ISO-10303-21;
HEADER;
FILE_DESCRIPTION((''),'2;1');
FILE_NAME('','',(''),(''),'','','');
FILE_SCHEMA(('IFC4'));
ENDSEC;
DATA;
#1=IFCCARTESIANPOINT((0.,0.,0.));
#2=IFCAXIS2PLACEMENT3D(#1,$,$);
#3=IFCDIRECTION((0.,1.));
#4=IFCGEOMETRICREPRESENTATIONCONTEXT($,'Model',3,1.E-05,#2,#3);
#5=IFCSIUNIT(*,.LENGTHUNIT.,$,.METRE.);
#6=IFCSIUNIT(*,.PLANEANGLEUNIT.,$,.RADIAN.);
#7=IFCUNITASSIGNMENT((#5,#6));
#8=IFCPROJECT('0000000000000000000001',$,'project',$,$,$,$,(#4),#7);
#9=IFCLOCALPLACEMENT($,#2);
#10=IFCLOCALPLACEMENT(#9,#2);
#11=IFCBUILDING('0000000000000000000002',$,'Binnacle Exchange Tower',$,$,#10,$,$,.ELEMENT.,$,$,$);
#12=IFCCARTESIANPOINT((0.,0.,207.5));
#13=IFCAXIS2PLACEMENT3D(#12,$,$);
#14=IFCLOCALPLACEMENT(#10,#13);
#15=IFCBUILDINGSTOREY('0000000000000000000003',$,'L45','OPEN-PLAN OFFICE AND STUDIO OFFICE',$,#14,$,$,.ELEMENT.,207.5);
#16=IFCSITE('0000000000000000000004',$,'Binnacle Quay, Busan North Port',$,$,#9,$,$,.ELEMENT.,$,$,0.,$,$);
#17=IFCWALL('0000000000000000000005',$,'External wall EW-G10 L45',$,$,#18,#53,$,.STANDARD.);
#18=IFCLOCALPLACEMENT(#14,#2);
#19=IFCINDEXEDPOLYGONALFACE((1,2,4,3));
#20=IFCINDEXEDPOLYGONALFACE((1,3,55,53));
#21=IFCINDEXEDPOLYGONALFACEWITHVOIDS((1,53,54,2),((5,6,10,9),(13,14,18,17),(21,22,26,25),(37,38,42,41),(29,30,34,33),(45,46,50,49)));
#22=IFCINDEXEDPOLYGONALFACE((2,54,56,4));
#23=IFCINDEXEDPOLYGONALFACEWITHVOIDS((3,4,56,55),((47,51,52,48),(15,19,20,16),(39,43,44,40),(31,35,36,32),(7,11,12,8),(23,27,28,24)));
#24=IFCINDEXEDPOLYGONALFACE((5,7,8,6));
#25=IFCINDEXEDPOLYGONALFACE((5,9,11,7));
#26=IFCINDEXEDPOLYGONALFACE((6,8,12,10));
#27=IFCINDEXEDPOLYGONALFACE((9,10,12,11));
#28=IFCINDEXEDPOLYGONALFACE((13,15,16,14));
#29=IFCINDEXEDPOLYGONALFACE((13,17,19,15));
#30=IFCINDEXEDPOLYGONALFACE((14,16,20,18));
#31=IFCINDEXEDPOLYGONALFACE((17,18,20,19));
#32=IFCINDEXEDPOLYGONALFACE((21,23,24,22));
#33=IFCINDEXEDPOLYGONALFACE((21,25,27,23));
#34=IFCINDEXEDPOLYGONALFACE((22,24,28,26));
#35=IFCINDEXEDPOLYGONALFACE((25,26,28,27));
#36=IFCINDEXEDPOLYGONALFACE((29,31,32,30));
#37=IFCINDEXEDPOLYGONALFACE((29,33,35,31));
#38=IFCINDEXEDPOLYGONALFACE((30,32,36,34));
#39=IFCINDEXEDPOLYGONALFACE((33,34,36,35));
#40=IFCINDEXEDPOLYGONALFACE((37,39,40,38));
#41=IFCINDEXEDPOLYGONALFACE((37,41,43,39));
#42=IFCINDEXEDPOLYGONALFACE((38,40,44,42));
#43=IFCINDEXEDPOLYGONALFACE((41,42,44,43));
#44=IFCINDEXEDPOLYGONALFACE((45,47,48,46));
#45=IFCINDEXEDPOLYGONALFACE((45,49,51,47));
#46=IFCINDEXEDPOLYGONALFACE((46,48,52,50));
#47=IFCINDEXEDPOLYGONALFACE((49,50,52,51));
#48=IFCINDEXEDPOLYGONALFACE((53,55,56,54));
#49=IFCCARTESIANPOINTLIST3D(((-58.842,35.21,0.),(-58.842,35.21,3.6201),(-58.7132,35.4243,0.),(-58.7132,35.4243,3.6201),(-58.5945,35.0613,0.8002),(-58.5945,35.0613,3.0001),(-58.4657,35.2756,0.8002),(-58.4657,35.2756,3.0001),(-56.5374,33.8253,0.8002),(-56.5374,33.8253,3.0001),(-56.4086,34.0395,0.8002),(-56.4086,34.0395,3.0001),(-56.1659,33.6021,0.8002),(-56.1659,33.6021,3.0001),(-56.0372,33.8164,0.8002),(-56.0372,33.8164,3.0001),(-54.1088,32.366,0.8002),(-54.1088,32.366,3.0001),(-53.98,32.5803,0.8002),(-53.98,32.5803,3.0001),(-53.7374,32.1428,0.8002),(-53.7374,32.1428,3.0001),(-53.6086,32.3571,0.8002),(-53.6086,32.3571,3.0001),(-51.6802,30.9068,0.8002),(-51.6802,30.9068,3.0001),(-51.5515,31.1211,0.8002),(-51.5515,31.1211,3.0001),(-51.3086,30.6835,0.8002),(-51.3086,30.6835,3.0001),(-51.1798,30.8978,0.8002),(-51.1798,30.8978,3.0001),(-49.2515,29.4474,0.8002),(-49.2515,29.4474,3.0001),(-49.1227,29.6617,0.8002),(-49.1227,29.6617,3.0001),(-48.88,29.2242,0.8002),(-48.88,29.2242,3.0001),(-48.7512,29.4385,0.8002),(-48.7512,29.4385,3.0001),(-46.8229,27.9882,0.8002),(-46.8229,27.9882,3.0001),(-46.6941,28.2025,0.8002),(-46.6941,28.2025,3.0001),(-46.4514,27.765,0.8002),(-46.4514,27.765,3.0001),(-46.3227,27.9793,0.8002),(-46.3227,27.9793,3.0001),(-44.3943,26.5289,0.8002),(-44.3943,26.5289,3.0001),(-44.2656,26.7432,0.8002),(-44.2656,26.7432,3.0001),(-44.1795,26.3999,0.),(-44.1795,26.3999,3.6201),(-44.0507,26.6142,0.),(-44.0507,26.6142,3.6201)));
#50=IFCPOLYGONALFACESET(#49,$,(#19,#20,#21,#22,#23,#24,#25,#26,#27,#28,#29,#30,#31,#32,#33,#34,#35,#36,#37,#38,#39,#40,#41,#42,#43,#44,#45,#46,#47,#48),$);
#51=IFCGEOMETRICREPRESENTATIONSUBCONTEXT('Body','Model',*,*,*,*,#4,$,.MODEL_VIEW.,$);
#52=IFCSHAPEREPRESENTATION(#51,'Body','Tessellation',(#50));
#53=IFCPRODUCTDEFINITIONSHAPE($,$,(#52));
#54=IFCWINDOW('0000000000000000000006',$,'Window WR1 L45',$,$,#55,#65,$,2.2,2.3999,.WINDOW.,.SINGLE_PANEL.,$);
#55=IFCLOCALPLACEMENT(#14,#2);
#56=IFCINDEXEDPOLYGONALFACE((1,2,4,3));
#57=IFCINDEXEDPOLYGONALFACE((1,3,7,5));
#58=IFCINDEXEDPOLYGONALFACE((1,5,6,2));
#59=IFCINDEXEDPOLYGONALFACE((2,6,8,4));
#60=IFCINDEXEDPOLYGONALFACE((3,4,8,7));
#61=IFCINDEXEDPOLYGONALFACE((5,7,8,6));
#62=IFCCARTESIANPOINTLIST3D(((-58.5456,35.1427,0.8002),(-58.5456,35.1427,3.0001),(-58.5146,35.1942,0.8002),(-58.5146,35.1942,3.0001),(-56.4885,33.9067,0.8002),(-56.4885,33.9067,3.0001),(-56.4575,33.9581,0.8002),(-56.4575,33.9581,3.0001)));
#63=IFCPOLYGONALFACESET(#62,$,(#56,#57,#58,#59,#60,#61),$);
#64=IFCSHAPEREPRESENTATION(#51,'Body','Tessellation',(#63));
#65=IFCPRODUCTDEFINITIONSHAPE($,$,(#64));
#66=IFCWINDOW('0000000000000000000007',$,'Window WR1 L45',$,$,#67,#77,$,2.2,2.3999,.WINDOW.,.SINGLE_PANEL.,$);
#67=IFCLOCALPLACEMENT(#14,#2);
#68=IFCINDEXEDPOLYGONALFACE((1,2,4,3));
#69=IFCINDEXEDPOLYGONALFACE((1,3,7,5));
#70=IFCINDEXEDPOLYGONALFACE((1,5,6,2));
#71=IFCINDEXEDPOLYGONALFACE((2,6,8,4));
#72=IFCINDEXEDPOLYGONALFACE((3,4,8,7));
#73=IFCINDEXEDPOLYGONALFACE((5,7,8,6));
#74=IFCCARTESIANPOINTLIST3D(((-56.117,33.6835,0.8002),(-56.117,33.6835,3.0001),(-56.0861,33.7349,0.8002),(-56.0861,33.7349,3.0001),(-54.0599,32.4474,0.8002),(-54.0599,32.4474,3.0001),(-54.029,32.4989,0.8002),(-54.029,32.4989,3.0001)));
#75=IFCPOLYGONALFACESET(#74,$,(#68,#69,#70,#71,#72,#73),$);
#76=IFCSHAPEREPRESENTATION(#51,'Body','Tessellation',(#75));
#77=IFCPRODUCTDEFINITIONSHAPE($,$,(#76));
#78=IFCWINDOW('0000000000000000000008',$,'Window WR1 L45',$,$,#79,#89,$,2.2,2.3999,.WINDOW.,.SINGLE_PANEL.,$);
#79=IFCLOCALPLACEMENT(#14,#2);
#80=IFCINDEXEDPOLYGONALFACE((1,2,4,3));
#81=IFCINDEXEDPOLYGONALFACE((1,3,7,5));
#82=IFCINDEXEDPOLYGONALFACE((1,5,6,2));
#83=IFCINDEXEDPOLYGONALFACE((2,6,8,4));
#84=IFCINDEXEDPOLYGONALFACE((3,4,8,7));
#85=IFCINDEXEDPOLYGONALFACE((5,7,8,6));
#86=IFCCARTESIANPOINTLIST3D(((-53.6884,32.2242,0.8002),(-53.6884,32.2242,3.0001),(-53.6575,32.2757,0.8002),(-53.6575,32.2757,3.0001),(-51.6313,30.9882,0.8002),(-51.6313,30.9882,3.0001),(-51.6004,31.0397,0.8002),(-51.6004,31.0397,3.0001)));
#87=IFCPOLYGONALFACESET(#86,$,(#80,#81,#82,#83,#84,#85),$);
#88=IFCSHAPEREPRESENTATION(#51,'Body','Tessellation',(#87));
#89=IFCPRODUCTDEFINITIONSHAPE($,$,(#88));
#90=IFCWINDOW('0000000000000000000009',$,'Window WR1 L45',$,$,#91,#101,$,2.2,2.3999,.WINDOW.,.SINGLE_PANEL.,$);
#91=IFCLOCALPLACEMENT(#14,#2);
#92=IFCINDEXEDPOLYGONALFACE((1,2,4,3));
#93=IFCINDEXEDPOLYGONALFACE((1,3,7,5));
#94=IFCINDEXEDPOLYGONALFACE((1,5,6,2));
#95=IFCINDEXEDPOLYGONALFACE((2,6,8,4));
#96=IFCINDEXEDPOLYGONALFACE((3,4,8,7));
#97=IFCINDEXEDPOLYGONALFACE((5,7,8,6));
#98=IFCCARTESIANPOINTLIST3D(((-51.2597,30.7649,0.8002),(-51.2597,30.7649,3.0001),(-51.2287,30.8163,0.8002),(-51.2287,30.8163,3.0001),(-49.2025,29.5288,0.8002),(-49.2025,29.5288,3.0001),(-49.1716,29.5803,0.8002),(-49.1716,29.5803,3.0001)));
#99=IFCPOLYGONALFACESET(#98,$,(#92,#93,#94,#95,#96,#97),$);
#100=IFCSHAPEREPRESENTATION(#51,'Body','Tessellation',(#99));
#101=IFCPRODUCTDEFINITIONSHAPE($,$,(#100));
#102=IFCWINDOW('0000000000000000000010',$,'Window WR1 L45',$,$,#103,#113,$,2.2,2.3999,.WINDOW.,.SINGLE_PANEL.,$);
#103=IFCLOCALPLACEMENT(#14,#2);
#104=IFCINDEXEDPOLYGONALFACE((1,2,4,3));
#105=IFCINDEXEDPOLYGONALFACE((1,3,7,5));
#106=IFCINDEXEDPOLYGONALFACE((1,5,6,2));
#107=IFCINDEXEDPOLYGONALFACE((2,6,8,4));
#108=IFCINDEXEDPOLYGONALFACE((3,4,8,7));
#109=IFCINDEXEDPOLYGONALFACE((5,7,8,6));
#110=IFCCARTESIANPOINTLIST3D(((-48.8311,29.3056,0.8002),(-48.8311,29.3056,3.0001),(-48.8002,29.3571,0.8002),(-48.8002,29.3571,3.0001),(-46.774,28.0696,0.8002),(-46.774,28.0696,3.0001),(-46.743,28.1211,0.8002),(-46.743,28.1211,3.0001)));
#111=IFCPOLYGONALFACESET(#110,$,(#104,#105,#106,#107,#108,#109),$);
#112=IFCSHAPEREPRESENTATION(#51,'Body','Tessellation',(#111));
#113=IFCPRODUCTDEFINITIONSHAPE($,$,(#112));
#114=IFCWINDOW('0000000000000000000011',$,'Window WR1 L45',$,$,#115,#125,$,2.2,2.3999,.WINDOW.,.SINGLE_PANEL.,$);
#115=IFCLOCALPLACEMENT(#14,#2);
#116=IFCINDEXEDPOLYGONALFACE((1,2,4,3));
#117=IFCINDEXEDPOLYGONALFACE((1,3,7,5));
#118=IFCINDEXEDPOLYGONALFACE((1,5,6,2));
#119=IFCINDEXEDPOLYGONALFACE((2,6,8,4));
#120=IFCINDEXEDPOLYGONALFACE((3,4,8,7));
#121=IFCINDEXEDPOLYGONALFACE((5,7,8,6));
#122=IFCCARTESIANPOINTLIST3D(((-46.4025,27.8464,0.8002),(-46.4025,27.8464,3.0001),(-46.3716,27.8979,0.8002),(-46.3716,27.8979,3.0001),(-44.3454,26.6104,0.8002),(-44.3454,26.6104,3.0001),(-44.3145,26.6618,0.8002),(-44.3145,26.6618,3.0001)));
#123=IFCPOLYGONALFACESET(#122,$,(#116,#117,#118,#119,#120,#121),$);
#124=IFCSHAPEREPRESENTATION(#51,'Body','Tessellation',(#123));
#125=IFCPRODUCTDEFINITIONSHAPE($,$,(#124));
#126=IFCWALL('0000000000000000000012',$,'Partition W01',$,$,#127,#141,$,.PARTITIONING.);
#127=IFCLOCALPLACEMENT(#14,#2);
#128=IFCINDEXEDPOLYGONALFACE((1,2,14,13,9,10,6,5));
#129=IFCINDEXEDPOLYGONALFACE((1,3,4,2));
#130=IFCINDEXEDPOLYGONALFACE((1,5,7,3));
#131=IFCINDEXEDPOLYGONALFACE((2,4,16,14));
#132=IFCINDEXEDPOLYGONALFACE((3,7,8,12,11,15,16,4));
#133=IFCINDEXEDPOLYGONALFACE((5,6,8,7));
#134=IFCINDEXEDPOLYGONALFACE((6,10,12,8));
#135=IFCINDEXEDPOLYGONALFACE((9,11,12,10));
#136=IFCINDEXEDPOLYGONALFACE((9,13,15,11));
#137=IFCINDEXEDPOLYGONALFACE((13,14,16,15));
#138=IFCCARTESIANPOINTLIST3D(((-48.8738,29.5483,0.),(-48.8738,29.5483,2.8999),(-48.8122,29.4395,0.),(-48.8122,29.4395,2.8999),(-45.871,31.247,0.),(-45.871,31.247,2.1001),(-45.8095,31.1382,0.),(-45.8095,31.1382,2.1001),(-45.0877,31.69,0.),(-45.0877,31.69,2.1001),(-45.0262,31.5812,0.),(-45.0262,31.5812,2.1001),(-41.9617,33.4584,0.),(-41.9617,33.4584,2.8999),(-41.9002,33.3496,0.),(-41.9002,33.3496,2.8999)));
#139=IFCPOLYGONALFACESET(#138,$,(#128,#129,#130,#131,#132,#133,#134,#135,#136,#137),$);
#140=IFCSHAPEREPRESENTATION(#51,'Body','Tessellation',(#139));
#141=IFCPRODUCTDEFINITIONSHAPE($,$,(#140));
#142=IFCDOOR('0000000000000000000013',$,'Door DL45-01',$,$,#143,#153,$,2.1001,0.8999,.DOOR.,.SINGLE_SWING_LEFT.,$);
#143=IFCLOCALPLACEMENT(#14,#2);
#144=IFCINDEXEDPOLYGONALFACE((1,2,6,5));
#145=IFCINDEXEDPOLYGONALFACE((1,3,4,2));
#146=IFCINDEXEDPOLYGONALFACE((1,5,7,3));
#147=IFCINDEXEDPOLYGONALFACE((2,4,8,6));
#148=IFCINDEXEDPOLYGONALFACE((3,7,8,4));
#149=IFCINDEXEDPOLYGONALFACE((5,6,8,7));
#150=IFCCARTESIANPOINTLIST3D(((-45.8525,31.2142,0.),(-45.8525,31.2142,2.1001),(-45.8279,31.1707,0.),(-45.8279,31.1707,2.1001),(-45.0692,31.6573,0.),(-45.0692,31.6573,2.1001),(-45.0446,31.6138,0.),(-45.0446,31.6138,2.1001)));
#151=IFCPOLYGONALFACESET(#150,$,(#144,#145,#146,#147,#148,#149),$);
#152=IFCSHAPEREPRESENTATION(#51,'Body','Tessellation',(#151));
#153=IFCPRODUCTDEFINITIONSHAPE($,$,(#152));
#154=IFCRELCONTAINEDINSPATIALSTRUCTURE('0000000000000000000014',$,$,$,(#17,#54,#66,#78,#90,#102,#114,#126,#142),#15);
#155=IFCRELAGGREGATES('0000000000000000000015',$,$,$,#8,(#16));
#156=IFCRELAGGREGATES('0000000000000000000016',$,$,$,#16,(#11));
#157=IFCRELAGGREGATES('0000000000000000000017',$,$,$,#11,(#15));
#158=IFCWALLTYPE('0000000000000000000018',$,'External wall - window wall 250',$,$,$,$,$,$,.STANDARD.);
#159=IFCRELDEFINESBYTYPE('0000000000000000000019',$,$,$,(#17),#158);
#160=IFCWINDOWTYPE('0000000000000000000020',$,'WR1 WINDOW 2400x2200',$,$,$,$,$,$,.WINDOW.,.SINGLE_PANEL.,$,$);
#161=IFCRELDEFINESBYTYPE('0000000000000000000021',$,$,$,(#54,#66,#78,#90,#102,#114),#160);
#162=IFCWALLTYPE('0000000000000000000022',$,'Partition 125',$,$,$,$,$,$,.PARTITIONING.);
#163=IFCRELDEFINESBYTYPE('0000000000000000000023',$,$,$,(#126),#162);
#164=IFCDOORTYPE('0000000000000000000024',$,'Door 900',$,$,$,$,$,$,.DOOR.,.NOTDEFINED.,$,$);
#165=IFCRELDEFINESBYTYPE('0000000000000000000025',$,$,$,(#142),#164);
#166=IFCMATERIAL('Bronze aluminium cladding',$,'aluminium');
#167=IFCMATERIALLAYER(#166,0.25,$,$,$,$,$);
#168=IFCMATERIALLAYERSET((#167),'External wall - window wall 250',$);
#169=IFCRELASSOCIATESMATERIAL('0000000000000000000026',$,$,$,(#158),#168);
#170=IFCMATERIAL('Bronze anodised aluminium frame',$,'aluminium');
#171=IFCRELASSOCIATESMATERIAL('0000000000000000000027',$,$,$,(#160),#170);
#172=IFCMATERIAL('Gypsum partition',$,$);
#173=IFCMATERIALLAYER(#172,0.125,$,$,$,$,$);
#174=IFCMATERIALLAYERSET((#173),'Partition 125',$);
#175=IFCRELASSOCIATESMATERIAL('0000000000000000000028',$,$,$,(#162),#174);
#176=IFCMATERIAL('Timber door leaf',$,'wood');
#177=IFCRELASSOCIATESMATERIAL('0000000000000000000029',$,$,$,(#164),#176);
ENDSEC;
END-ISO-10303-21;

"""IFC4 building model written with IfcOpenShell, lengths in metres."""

from ifc_helpers import new_model, si_unit, direction, frame, frame_2d, origin, place, context, subcontext, project, spatial, rectangle, extrude, material, layer, layer_set, type_object, element, fill, save


model = new_model("IFC4")

# Units and contexts
model_context = context("Model", 3, precision=1e-05, world=origin(), true_north=direction((0.0, 1.0)))
body_context = subcontext(model_context, "Body", "Model", "MODEL_VIEW")
ifc_project = project(units=[si_unit("LENGTHUNIT", "METRE"), si_unit("PLANEANGLEUNIT", "RADIAN")], contexts=[model_context])

# Site, building, storey
site_placement = place(None, origin())
site = spatial("IfcSite", under=ifc_project, at=site_placement, Name="Binnacle Quay, Busan North Port", CompositionType="ELEMENT", RefElevation=0.0)
building_placement = place(site_placement, origin())
building = spatial("IfcBuilding", under=site, at=building_placement, Name="Binnacle Exchange Tower", CompositionType="ELEMENT")
storey_placement = place(building_placement, frame((0.0, 0.0, 207.5)))
storey = spatial("IfcBuildingStorey", under=building, at=storey_placement, Name="L45", Description="OPEN-PLAN OFFICE AND STUDIO OFFICE", CompositionType="ELEMENT", Elevation=207.5)

# Shared definitions
ifc_material_1 = material(Name="Bronze aluminium cladding", Category="aluminium")
ifc_layer_1 = layer(ifc_material_1, 0.25)
ifc_layer_set_1 = layer_set([ifc_layer_1], Name="External wall - window wall 250")
wall_type_1 = type_object("IfcWallType", Name="External wall - window wall 250", PredefinedType="STANDARD", material=ifc_layer_set_1)

# Wall, openings, windows
wall_1_placement = place(storey_placement, frame((-44.1152, 26.5071, 0.0), z_axis=(0.0, 0.0, 1.0), x_axis=(-0.857167, 0.515039, 0.0)))
wall_1 = element("IfcWall", 1, at=wall_1_placement, inside=storey, type_object=wall_type_1, Name="External wall EW-G10 L45", PredefinedType="STANDARD", context=body_context, shape_type="SweptSolid", body=[
    extrude(rectangle(XDim=17.1057, YDim=0.25, at=frame_2d((8.5527, 0.0))), origin(), (0.0, 0.0, 1.0), 3.6201),
])
opening_1_placement = place(wall_1_placement, frame((14.417, 0.0, 0.8)))
opening_1 = element("IfcOpeningElement", 2, at=opening_1_placement, cuts=wall_1, PredefinedType="OPENING", context=body_context, shape_type="SweptSolid", body=[
    extrude(rectangle(XDim=2.3999, YDim=2.2, at=frame_2d((1.2, 1.1001))), frame((0.0, 0.135, 0.0), z_axis=(0.0, -1.0, 0.0), x_axis=(1.0, 0.0, 0.0)), (0.0, 0.0, 1.0), 0.27),
])
opening_2_placement = place(wall_1_placement, frame((11.5837, 0.0, 0.8)))
opening_2 = element("IfcOpeningElement", 3, at=opening_2_placement, cuts=wall_1, PredefinedType="OPENING", context=body_context, shape_type="SweptSolid", body=[
    extrude(rectangle(XDim=2.3999, YDim=2.2, at=frame_2d((1.2, 1.1001))), frame((0.0, 0.135, 0.0), z_axis=(0.0, -1.0, 0.0), x_axis=(1.0, 0.0, 0.0)), (0.0, 0.0, 1.0), 0.27),
])
opening_3_placement = place(wall_1_placement, frame((8.7505, 0.0, 0.8)))
opening_3 = element("IfcOpeningElement", 4, at=opening_3_placement, cuts=wall_1, PredefinedType="OPENING", context=body_context, shape_type="SweptSolid", body=[
    extrude(rectangle(XDim=2.3999, YDim=2.2, at=frame_2d((1.2, 1.1001))), frame((0.0, 0.135, 0.0), z_axis=(0.0, -1.0, 0.0), x_axis=(1.0, 0.0, 0.0)), (0.0, 0.0, 1.0), 0.27),
])
opening_4_placement = place(wall_1_placement, frame((5.917, 0.0, 0.8)))
opening_4 = element("IfcOpeningElement", 5, at=opening_4_placement, cuts=wall_1, PredefinedType="OPENING", context=body_context, shape_type="SweptSolid", body=[
    extrude(rectangle(XDim=2.3999, YDim=2.2, at=frame_2d((1.2, 1.1001))), frame((0.0, 0.135, 0.0), z_axis=(0.0, -1.0, 0.0), x_axis=(1.0, 0.0, 0.0)), (0.0, 0.0, 1.0), 0.27),
])
opening_5_placement = place(wall_1_placement, frame((3.0837, 0.0, 0.8)))
opening_5 = element("IfcOpeningElement", 6, at=opening_5_placement, cuts=wall_1, PredefinedType="OPENING", context=body_context, shape_type="SweptSolid", body=[
    extrude(rectangle(XDim=2.3999, YDim=2.2, at=frame_2d((1.2, 1.1001))), frame((0.0, 0.135, 0.0), z_axis=(0.0, -1.0, 0.0), x_axis=(1.0, 0.0, 0.0)), (0.0, 0.0, 1.0), 0.27),
])
opening_6_placement = place(wall_1_placement, frame((0.2505, 0.0, 0.8)))
opening_6 = element("IfcOpeningElement", 7, at=opening_6_placement, cuts=wall_1, PredefinedType="OPENING", context=body_context, shape_type="SweptSolid", body=[
    extrude(rectangle(XDim=2.3999, YDim=2.2, at=frame_2d((1.2, 1.1001))), frame((0.0, 0.135, 0.0), z_axis=(0.0, -1.0, 0.0), x_axis=(1.0, 0.0, 0.0)), (0.0, 0.0, 1.0), 0.27),
])
ifc_material_2 = material(Name="Bronze anodised aluminium frame", Category="aluminium")
window_type = type_object("IfcWindowType", Name="WR1 WINDOW 2400x2200", PartitioningType="SINGLE_PANEL", PredefinedType="WINDOW", material=ifc_material_2)
window_1_placement = place(opening_1_placement, origin())
window_1 = element("IfcWindow", 8, at=window_1_placement, inside=storey, type_object=window_type, Name="Window WR1 L45", OverallHeight=2.2, OverallWidth=2.3999, PartitioningType="SINGLE_PANEL", PredefinedType="WINDOW", context=body_context, shape_type="SweptSolid", body=[
    extrude(rectangle(XDim=2.3999, YDim=2.2, at=frame_2d((1.2, 1.1001))), frame((0.0, 0.03, 0.0), z_axis=(0.0, -1.0, 0.0), x_axis=(1.0, 0.0, 0.0)), (0.0, 0.0, 1.0), 0.0601),
])
fill(opening_1, window_1)
window_2_placement = place(opening_2_placement, origin())
window_2 = element("IfcWindow", 9, at=window_2_placement, inside=storey, type_object=window_type, Name="Window WR1 L45", OverallHeight=2.2, OverallWidth=2.3999, PartitioningType="SINGLE_PANEL", PredefinedType="WINDOW", context=body_context, shape_type="SweptSolid", body=[
    extrude(rectangle(XDim=2.3999, YDim=2.2, at=frame_2d((1.2, 1.1001))), frame((0.0, 0.03, 0.0), z_axis=(0.0, -1.0, 0.0), x_axis=(1.0, 0.0, 0.0)), (0.0, 0.0, 1.0), 0.0601),
])
fill(opening_2, window_2)
window_3_placement = place(opening_3_placement, origin())
window_3 = element("IfcWindow", 10, at=window_3_placement, inside=storey, type_object=window_type, Name="Window WR1 L45", OverallHeight=2.2, OverallWidth=2.3999, PartitioningType="SINGLE_PANEL", PredefinedType="WINDOW", context=body_context, shape_type="SweptSolid", body=[
    extrude(rectangle(XDim=2.3999, YDim=2.2, at=frame_2d((1.2, 1.1001))), frame((0.0, 0.03, 0.0), z_axis=(0.0, -1.0, 0.0), x_axis=(1.0, 0.0, 0.0)), (0.0, 0.0, 1.0), 0.0601),
])
fill(opening_3, window_3)
window_4_placement = place(opening_4_placement, origin())
window_4 = element("IfcWindow", 11, at=window_4_placement, inside=storey, type_object=window_type, Name="Window WR1 L45", OverallHeight=2.2, OverallWidth=2.3999, PartitioningType="SINGLE_PANEL", PredefinedType="WINDOW", context=body_context, shape_type="SweptSolid", body=[
    extrude(rectangle(XDim=2.3999, YDim=2.2, at=frame_2d((1.2, 1.1001))), frame((0.0, 0.03, 0.0), z_axis=(0.0, -1.0, 0.0), x_axis=(1.0, 0.0, 0.0)), (0.0, 0.0, 1.0), 0.0601),
])
fill(opening_4, window_4)
window_5_placement = place(opening_5_placement, origin())
window_5 = element("IfcWindow", 12, at=window_5_placement, inside=storey, type_object=window_type, Name="Window WR1 L45", OverallHeight=2.2, OverallWidth=2.3999, PartitioningType="SINGLE_PANEL", PredefinedType="WINDOW", context=body_context, shape_type="SweptSolid", body=[
    extrude(rectangle(XDim=2.3999, YDim=2.2, at=frame_2d((1.2, 1.1001))), frame((0.0, 0.03, 0.0), z_axis=(0.0, -1.0, 0.0), x_axis=(1.0, 0.0, 0.0)), (0.0, 0.0, 1.0), 0.0601),
])
fill(opening_5, window_5)
window_6_placement = place(opening_6_placement, origin())
window_6 = element("IfcWindow", 13, at=window_6_placement, inside=storey, type_object=window_type, Name="Window WR1 L45", OverallHeight=2.2, OverallWidth=2.3999, PartitioningType="SINGLE_PANEL", PredefinedType="WINDOW", context=body_context, shape_type="SweptSolid", body=[
    extrude(rectangle(XDim=2.3999, YDim=2.2, at=frame_2d((1.2, 1.1001))), frame((0.0, 0.03, 0.0), z_axis=(0.0, -1.0, 0.0), x_axis=(1.0, 0.0, 0.0)), (0.0, 0.0, 1.0), 0.0601),
])
fill(opening_6, window_6)

# Wall, opening, door
ifc_material_3 = material(Name="Gypsum partition")
ifc_layer_2 = layer(ifc_material_3, 0.125)
ifc_layer_set_2 = layer_set([ifc_layer_2], Name="Partition 125")
wall_type_2 = type_object("IfcWallType", Name="Partition 125", PredefinedType="PARTITIONING", material=ifc_layer_set_2)
wall_2_placement = place(storey_placement, frame((-48.843, 29.4939, 0.0), z_axis=(0.0, 0.0, 1.0), x_axis=(0.870384, 0.492373, 0.0)))
wall_2 = element("IfcWall", 14, at=wall_2_placement, inside=storey, type_object=wall_type_2, Name="Partition W01", PredefinedType="PARTITIONING", context=body_context, shape_type="SweptSolid", body=[
    extrude(rectangle(XDim=7.9414, YDim=0.125, at=frame_2d((3.9707, 0.0))), origin(), (0.0, 0.0, 1.0), 2.8999),
])
opening_7_placement = place(wall_2_placement, frame((3.45, 0.0, 0.0)))
opening_7 = element("IfcOpeningElement", 15, at=opening_7_placement, cuts=wall_2, PredefinedType="OPENING", context=body_context, shape_type="SweptSolid", body=[
    extrude(rectangle(XDim=0.8999, YDim=2.1001, at=frame_2d((0.45, 1.05))), frame((0.0, 0.0725, 0.0), z_axis=(0.0, -1.0, 0.0), x_axis=(1.0, 0.0, 0.0)), (0.0, 0.0, 1.0), 0.145),
])
ifc_material_4 = material(Name="Timber door leaf", Category="wood")
door_type_1 = type_object("IfcDoorType", Name="Door 900", OperationType="NOTDEFINED", PredefinedType="DOOR", material=ifc_material_4)
door_1_placement = place(opening_7_placement, origin())
door_1 = element("IfcDoor", 16, at=door_1_placement, inside=storey, type_object=door_type_1, Name="Door DL45-01", OperationType="SINGLE_SWING_LEFT", OverallHeight=2.1001, OverallWidth=0.8999, PredefinedType="DOOR", context=body_context, shape_type="SweptSolid", body=[
    extrude(rectangle(XDim=0.8999, YDim=2.1001, at=frame_2d((0.45, 1.05))), frame((0.0, 0.0249, 0.0), z_axis=(0.0, -1.0, 0.0), x_axis=(1.0, 0.0, 0.0)), (0.0, 0.0, 1.0), 0.05),
])
fill(opening_7, door_1)

save(model, "model.ifc")
